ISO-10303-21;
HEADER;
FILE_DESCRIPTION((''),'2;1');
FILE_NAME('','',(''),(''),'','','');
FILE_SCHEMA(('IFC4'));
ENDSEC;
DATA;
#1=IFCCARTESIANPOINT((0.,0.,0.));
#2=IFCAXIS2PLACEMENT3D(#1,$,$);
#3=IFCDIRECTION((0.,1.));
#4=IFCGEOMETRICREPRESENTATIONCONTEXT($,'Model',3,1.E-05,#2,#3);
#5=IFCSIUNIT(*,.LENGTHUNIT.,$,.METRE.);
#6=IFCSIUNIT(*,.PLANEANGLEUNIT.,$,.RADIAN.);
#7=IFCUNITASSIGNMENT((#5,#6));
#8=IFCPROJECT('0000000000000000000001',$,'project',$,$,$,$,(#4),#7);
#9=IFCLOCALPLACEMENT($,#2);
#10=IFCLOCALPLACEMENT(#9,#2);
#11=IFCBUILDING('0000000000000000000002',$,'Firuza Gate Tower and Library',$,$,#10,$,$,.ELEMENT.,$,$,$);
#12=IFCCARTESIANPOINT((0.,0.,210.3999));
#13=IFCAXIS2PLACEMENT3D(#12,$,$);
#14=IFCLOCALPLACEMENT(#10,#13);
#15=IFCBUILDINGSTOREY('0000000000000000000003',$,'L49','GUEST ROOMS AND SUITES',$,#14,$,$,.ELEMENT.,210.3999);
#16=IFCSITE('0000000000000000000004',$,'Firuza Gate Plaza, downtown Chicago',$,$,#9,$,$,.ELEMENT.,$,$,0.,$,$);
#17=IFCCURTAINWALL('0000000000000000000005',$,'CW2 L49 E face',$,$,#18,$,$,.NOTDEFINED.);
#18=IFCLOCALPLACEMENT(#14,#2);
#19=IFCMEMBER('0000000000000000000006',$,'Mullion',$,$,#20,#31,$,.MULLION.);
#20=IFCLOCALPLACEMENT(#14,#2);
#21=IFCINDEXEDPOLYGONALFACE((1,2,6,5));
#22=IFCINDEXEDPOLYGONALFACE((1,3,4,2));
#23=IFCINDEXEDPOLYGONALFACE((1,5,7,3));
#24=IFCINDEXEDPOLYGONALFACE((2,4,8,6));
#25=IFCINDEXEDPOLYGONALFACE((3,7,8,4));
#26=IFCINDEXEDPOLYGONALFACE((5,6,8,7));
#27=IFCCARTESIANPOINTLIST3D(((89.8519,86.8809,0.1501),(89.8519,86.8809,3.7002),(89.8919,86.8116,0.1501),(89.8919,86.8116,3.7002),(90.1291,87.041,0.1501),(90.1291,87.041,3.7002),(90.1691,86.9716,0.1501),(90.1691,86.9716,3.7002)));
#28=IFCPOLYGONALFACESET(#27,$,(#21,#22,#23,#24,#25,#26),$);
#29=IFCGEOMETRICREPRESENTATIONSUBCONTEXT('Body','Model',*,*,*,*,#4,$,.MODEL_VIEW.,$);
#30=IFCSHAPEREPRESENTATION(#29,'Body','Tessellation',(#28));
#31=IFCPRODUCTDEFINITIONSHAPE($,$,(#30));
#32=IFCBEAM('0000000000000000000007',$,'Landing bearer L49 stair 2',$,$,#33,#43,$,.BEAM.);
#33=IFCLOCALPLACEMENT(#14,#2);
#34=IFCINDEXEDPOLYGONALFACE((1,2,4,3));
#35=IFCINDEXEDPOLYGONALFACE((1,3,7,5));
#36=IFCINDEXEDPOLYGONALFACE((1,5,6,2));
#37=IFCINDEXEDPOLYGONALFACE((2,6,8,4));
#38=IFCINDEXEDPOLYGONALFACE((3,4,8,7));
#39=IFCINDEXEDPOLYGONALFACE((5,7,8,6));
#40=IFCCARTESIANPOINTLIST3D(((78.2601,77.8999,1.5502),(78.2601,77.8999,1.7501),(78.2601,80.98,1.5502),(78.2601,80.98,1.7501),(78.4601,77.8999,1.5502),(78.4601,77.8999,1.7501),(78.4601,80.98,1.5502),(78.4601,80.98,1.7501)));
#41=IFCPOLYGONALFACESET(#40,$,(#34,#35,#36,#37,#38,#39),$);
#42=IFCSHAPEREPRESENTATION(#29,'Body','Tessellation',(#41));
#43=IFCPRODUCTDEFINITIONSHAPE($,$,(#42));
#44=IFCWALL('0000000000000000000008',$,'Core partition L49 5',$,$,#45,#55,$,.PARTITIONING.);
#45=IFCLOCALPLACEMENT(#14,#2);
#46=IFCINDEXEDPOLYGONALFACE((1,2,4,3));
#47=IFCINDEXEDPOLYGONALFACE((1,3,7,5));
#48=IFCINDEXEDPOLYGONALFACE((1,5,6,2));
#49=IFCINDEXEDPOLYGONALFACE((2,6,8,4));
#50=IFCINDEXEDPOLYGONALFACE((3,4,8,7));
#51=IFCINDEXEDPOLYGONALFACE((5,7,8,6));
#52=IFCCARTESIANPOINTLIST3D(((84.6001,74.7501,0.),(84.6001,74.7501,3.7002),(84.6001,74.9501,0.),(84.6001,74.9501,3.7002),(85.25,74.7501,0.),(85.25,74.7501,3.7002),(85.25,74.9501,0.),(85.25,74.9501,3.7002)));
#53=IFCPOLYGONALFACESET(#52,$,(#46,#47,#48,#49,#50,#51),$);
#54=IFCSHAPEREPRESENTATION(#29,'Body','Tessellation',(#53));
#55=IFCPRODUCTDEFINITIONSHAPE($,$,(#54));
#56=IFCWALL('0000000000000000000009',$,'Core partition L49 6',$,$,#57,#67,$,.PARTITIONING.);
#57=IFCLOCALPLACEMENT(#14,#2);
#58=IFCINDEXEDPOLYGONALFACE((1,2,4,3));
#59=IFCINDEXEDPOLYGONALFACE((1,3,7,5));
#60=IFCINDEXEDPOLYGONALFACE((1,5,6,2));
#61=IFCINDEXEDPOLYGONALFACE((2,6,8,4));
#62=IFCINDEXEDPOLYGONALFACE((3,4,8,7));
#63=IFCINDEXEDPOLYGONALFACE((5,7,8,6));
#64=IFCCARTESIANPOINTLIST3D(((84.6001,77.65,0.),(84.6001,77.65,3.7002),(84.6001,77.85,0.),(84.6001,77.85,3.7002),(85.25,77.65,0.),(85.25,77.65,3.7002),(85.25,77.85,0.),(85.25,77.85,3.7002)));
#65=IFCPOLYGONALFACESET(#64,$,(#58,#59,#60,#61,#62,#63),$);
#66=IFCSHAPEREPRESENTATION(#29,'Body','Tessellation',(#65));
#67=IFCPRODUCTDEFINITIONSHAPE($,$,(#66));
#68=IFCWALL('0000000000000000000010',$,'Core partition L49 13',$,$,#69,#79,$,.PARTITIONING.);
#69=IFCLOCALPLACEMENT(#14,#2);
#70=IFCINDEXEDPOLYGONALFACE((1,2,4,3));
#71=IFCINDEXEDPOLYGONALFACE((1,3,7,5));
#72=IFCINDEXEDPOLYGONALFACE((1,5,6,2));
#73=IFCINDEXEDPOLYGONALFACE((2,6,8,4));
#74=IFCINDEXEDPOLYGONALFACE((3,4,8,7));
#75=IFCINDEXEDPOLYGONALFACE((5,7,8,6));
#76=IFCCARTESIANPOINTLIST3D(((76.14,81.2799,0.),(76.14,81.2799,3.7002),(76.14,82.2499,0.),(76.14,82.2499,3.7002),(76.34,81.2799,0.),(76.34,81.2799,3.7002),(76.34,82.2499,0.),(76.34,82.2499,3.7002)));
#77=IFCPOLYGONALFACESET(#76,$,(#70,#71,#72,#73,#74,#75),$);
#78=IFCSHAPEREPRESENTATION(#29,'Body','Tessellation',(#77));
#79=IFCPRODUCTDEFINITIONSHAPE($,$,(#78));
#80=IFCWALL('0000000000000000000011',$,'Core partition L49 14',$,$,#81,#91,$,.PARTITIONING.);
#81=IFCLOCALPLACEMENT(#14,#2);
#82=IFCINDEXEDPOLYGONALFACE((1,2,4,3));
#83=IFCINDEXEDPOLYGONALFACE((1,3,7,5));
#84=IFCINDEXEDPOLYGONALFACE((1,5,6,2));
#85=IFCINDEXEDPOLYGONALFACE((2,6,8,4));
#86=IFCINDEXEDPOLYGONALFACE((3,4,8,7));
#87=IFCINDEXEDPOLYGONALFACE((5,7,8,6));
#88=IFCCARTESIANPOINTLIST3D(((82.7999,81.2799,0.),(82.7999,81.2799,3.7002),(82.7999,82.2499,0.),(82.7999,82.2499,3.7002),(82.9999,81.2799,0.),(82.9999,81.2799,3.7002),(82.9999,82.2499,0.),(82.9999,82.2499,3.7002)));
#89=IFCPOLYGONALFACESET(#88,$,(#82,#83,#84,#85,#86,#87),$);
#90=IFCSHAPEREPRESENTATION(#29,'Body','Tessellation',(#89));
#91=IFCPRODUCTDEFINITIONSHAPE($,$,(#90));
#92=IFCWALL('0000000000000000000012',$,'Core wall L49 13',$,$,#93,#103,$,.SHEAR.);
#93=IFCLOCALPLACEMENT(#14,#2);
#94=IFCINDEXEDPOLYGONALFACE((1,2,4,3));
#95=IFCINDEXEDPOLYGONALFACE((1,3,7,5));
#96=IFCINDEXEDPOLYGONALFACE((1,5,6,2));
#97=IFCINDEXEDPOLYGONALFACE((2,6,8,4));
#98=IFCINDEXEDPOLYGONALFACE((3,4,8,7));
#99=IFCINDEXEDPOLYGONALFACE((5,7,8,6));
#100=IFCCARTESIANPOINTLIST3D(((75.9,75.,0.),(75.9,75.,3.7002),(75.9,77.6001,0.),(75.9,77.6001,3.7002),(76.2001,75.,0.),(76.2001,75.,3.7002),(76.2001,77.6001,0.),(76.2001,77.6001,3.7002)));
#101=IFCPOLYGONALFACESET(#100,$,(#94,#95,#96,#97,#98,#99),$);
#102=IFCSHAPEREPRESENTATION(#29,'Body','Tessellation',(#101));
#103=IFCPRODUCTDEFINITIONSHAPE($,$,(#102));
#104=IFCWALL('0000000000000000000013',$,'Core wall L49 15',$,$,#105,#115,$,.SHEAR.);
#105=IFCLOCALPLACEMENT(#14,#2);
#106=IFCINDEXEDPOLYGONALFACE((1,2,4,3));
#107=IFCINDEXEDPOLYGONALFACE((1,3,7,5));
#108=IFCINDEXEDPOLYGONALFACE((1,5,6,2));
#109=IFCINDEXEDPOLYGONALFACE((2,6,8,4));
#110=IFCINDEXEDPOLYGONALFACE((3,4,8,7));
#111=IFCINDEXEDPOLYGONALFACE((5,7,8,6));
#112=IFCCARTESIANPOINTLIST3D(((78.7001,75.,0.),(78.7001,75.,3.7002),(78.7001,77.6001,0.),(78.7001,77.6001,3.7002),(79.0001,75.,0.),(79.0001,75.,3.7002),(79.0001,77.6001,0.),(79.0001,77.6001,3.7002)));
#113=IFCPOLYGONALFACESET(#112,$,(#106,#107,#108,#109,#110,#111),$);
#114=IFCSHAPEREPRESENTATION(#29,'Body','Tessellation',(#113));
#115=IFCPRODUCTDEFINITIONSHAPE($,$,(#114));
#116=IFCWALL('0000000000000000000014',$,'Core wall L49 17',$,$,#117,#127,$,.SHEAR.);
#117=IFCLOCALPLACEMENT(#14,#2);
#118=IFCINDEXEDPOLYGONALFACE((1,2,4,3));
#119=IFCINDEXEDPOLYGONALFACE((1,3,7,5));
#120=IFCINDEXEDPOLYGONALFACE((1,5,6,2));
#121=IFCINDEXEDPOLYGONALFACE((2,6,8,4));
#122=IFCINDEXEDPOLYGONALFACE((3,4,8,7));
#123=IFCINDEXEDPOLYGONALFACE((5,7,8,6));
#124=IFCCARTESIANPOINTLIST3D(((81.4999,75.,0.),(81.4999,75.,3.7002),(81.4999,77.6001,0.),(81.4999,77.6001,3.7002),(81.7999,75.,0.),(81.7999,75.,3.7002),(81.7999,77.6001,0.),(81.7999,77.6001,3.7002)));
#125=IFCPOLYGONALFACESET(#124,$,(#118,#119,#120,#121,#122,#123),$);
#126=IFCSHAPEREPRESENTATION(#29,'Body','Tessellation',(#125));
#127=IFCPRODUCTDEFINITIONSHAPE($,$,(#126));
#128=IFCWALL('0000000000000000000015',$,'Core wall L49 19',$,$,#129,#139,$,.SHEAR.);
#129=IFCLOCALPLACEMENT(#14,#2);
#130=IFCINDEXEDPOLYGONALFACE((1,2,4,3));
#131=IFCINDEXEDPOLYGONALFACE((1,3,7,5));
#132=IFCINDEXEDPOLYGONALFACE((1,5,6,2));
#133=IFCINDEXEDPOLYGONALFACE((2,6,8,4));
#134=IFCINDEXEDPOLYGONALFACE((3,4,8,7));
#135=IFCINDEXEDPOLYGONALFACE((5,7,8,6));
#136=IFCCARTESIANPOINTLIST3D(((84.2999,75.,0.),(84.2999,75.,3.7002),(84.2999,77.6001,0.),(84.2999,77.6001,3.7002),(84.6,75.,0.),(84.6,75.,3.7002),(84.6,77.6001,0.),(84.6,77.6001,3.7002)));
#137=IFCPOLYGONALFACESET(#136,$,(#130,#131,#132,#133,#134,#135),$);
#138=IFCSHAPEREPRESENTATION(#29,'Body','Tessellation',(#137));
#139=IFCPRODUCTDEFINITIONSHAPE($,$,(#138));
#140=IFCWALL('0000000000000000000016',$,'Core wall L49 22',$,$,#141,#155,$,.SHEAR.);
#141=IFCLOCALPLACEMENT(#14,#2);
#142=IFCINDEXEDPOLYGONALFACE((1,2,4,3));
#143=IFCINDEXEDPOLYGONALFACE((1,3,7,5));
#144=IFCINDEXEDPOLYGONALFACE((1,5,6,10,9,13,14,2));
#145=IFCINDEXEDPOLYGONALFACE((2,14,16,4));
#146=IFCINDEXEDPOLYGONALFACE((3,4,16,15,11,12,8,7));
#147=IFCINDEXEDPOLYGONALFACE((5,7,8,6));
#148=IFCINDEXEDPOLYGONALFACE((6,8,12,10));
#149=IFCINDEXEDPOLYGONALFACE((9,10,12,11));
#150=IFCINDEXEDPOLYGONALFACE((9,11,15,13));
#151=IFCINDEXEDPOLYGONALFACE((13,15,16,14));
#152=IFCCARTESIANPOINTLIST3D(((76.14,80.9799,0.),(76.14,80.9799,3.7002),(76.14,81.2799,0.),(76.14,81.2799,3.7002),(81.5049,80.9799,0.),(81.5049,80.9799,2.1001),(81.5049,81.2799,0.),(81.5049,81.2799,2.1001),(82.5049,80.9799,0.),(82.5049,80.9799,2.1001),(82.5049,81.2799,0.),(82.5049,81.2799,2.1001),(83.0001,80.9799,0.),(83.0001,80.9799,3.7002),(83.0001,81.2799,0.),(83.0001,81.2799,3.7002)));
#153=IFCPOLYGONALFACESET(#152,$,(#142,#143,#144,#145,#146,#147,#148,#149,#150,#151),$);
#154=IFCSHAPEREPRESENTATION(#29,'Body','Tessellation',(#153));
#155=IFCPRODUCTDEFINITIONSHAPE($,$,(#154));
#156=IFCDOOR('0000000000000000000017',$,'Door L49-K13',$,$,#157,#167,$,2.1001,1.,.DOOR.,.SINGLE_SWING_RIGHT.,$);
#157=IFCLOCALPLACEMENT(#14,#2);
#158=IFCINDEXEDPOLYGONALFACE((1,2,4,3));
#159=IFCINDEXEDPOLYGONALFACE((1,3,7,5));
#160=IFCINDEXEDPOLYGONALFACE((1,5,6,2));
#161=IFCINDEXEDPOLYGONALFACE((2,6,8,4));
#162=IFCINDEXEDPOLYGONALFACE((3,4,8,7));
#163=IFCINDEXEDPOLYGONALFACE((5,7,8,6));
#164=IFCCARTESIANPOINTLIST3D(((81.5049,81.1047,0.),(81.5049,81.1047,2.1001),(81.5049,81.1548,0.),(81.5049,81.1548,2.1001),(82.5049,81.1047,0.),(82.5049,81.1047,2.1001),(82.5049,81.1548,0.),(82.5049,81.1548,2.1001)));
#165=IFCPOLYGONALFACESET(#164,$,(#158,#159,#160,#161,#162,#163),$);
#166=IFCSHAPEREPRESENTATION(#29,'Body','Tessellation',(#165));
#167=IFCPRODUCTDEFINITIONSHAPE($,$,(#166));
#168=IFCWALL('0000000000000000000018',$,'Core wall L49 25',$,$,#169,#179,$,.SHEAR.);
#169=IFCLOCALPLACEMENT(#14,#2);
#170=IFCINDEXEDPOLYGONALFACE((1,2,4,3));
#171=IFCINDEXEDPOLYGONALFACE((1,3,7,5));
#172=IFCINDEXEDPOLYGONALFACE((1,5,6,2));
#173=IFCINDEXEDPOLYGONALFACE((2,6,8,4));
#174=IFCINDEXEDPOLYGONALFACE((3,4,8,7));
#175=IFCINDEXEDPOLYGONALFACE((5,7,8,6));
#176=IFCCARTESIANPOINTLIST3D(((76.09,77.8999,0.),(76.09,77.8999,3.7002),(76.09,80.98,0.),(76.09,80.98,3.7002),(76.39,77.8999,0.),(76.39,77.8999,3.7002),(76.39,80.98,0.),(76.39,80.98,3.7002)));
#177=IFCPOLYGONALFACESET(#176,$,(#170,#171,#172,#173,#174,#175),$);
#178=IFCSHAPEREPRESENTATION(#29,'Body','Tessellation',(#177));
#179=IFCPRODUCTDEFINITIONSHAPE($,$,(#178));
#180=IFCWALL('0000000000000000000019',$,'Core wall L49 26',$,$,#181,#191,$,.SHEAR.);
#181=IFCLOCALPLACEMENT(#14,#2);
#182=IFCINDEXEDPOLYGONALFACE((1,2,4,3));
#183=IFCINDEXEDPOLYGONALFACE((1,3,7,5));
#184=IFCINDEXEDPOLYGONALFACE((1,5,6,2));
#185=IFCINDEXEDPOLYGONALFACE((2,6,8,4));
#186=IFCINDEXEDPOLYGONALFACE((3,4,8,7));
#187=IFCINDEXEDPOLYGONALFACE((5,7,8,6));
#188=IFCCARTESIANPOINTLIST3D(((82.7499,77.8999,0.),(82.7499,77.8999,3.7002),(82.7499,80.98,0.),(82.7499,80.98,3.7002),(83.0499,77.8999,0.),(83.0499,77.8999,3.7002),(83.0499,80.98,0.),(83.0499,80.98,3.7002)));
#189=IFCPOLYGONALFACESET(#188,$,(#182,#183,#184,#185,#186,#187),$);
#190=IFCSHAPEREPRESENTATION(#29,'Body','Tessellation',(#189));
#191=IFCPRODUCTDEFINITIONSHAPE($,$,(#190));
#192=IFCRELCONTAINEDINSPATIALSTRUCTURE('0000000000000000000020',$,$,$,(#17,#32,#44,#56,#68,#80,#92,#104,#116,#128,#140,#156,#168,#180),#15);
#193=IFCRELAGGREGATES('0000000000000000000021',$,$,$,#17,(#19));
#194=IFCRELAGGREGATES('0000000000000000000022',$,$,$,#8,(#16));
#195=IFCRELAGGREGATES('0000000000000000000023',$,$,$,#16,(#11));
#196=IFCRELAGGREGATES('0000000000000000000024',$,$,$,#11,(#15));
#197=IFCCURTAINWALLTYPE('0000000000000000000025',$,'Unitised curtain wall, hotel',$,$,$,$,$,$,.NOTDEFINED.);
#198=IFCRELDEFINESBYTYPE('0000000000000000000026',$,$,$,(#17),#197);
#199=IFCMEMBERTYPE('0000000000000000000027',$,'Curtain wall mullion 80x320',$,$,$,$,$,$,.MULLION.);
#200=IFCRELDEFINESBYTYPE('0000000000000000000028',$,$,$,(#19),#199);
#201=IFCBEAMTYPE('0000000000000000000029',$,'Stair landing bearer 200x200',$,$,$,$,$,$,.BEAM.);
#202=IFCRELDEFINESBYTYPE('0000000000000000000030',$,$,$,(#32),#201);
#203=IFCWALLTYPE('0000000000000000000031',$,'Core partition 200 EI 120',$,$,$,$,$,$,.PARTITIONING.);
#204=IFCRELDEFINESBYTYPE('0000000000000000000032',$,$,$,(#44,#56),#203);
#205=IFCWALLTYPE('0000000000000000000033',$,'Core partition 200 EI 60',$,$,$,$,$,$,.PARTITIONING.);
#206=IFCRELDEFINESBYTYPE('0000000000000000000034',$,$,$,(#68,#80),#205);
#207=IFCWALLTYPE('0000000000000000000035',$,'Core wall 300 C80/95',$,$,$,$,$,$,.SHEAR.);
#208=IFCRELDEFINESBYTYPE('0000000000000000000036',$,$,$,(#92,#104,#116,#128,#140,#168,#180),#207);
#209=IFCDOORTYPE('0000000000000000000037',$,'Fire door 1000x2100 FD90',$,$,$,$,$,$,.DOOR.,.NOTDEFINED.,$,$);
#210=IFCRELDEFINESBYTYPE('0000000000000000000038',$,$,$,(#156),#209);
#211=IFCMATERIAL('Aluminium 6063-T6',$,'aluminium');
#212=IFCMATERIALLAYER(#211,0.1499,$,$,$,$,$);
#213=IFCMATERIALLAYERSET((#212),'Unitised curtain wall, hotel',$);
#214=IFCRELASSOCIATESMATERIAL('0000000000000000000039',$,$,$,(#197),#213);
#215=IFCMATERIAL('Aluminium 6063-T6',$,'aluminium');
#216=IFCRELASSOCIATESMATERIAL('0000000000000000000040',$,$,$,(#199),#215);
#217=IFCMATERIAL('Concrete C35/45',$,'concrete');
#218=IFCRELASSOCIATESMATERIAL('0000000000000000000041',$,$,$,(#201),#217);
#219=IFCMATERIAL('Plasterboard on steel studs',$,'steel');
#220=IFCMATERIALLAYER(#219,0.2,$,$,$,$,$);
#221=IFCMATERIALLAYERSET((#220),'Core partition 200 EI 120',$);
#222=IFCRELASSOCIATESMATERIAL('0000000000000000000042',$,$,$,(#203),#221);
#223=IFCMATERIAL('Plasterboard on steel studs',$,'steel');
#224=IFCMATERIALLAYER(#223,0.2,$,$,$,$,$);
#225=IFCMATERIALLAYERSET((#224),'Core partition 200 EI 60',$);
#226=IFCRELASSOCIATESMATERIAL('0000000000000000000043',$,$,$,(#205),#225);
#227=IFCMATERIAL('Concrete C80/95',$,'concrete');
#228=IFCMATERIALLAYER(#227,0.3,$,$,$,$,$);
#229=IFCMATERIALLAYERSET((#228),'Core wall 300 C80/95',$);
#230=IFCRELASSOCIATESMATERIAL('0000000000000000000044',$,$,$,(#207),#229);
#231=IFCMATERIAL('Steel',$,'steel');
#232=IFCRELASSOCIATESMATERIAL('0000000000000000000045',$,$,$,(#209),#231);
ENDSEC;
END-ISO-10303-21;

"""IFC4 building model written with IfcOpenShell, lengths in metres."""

from ifc_helpers import new_model, si_unit, direction, frame, frame_2d, origin, origin_2d, place, context, subcontext, project, spatial, rectangle, extrude, material, layer, layer_set, material_profile, profile_set, type_object, element, fill, aggregate, save


model = new_model("IFC4")

# Units and contexts
model_context = context("Model", 3, precision=1e-05, world=origin(), true_north=direction((0.0, 1.0)))
body_context = subcontext(model_context, "Body", "Model", "MODEL_VIEW")
ifc_project = project(units=[si_unit("LENGTHUNIT", "METRE"), si_unit("PLANEANGLEUNIT", "RADIAN")], contexts=[model_context])

# Site, building, storey
site_placement = place(None, origin())
site = spatial("IfcSite", under=ifc_project, at=site_placement, Name="Firuza Gate Plaza, downtown Chicago", CompositionType="ELEMENT", RefElevation=0.0)
building_placement = place(site_placement, origin())
building = spatial("IfcBuilding", under=site, at=building_placement, Name="Firuza Gate Tower and Library", CompositionType="ELEMENT")
storey_placement = place(building_placement, frame((0.0, 0.0, 210.3999)))
storey = spatial("IfcBuildingStorey", under=building, at=storey_placement, Name="L49", Description="GUEST ROOMS AND SUITES", CompositionType="ELEMENT", Elevation=210.3999)

# Curtain wall, member
ifc_material_1 = material(Name="Aluminium 6063-T6", Category="aluminium")
ifc_layer_1 = layer(ifc_material_1, 0.1499)
ifc_layer_set_1 = layer_set([ifc_layer_1], Name="Unitised curtain wall, hotel")
curtain_wall_type = type_object("IfcCurtainWallType", Name="Unitised curtain wall, hotel", PredefinedType="NOTDEFINED", material=ifc_layer_set_1)
placement = place(storey_placement, origin())
curtain_wall = element("IfcCurtainWall", 1, at=placement, inside=storey, type_object=curtain_wall_type, Name="CW2 L49 E face", PredefinedType="NOTDEFINED")
ifc_material_2 = material(Name="Aluminium 6063-T6", Category="aluminium")
ifc_material_profile_1 = material_profile(ifc_material_2, rectangle(XDim=0.3201, YDim=0.0801, at=origin_2d()))
ifc_profile_set_1 = profile_set([ifc_material_profile_1], Name="Aluminium 6063-T6")
member_type = type_object("IfcMemberType", Name="Curtain wall mullion 80x320", PredefinedType="MULLION", material=ifc_profile_set_1)
member_placement = place(storey_placement, frame((90.0105, 86.9263, 0.1501), z_axis=(0.0, 0.0, 1.0), x_axis=(-0.866025, -0.5, 0.0)))
member = element("IfcMember", 2, at=member_placement, type_object=member_type, Name="Mullion", PredefinedType="MULLION", context=body_context, shape_type="SweptSolid", body=[
    extrude(rectangle(XDim=0.3201, YDim=0.0801, at=origin_2d()), origin(), (0.0, 0.0, 1.0), 3.55),
])
aggregate(curtain_wall, [member])

# Beam
ifc_material_3 = material(Name="Concrete C35/45", Category="concrete")
ifc_material_profile_2 = material_profile(ifc_material_3, rectangle(XDim=0.2, YDim=0.2, at=origin_2d()))
ifc_profile_set_2 = profile_set([ifc_material_profile_2], Name="Concrete C35/45")
beam_type = type_object("IfcBeamType", Name="Stair landing bearer 200x200", PredefinedType="BEAM", material=ifc_profile_set_2)
beam_placement = place(storey_placement, frame((78.3601, 80.98, 1.6501), z_axis=(0.0, -1.0, 0.0), x_axis=(1.0, 0.0, 0.0)))
element("IfcBeam", 3, at=beam_placement, inside=storey, type_object=beam_type, Name="Landing bearer L49 stair 2", PredefinedType="BEAM", context=body_context, shape_type="SweptSolid", body=[
    extrude(rectangle(XDim=0.2, YDim=0.2, at=origin_2d()), origin(), (0.0, 0.0, 1.0), 3.0801),
])

# Walls
ifc_material_4 = material(Name="Plasterboard on steel studs", Category="steel")
ifc_layer_2 = layer(ifc_material_4, 0.2)
ifc_layer_set_2 = layer_set([ifc_layer_2], Name="Core partition 200 EI 120")
wall_type_1 = type_object("IfcWallType", Name="Core partition 200 EI 120", PredefinedType="PARTITIONING", material=ifc_layer_set_2)
for number, where, z_axis, x_axis, name in (
    (4, (84.6001, 74.8501, 0.0), (0.0, 0.0, 1.0), (1.0, 0.0, 0.0), "Core partition L49 5"),
    (5, (84.6001, 77.75, 0.0), (0.0, 0.0, 1.0), (1.0, 0.0, 0.0), "Core partition L49 6"),
):
    element("IfcWall", number, at=place(storey_placement, frame(where, z_axis=z_axis, x_axis=x_axis)), inside=storey, type_object=wall_type_1, Name=name, PredefinedType="PARTITIONING", context=body_context, shape_type="SweptSolid", body=[
        extrude(rectangle(XDim=0.6499, YDim=0.2, at=frame_2d((0.325, 0.0))), origin(), (0.0, 0.0, 1.0), 3.7002),
    ])
ifc_material_5 = material(Name="Plasterboard on steel studs", Category="steel")
ifc_layer_3 = layer(ifc_material_5, 0.2)
ifc_layer_set_3 = layer_set([ifc_layer_3], Name="Core partition 200 EI 60")
wall_type_2 = type_object("IfcWallType", Name="Core partition 200 EI 60", PredefinedType="PARTITIONING", material=ifc_layer_set_3)
for number, where, z_axis, x_axis, name in (
    (6, (76.24, 81.28, 0.0), (0.0, 0.0, 1.0), (0.0, 1.0, 0.0), "Core partition L49 13"),
    (7, (82.8999, 81.28, 0.0), (0.0, 0.0, 1.0), (0.0, 1.0, 0.0), "Core partition L49 14"),
):
    element("IfcWall", number, at=place(storey_placement, frame(where, z_axis=z_axis, x_axis=x_axis)), inside=storey, type_object=wall_type_2, Name=name, PredefinedType="PARTITIONING", context=body_context, shape_type="SweptSolid", body=[
        extrude(rectangle(XDim=0.97, YDim=0.2, at=frame_2d((0.4849, 0.0))), origin(), (0.0, 0.0, 1.0), 3.7002),
    ])
ifc_material_6 = material(Name="Concrete C80/95", Category="concrete")
ifc_layer_4 = layer(ifc_material_6, 0.3)
ifc_layer_set_4 = layer_set([ifc_layer_4], Name="Core wall 300 C80/95")
wall_type_3 = type_object("IfcWallType", Name="Core wall 300 C80/95", PredefinedType="SHEAR", material=ifc_layer_set_4)
for number, where, z_axis, x_axis, name in (
    (8, (76.05, 75.0, 0.0), (0.0, 0.0, 1.0), (0.0, 1.0, 0.0), "Core wall L49 13"),
    (9, (78.8501, 75.0, 0.0), (0.0, 0.0, 1.0), (0.0, 1.0, 0.0), "Core wall L49 15"),
    (10, (81.6499, 75.0, 0.0), (0.0, 0.0, 1.0), (0.0, 1.0, 0.0), "Core wall L49 17"),
    (11, (84.45, 75.0, 0.0), (0.0, 0.0, 1.0), (0.0, 1.0, 0.0), "Core wall L49 19"),
):
    element("IfcWall", number, at=place(storey_placement, frame(where, z_axis=z_axis, x_axis=x_axis)), inside=storey, type_object=wall_type_3, Name=name, PredefinedType="SHEAR", context=body_context, shape_type="SweptSolid", body=[
        extrude(rectangle(XDim=2.6001, YDim=0.3, at=frame_2d((1.3, 0.0))), origin(), (0.0, 0.0, 1.0), 3.7002),
    ])

# Wall, opening, door
wall_1_placement = place(storey_placement, frame((76.1399, 81.1299, 0.0), z_axis=(0.0, 0.0, 1.0), x_axis=(1.0, 0.0, 0.0)))
wall_1 = element("IfcWall", 12, at=wall_1_placement, inside=storey, type_object=wall_type_3, Name="Core wall L49 22", PredefinedType="SHEAR", context=body_context, shape_type="SweptSolid", body=[
    extrude(rectangle(XDim=6.8601, YDim=0.3, at=frame_2d((3.4302, 0.0))), origin(), (0.0, 0.0, 1.0), 3.7002),
])
opening_1_placement = place(wall_1_placement, frame((5.365, 0.0, 0.0)))
opening_1 = element("IfcOpeningElement", 13, at=opening_1_placement, cuts=wall_1, PredefinedType="OPENING", context=body_context, shape_type="SweptSolid", body=[
    extrude(rectangle(XDim=1.0, YDim=2.1001, at=frame_2d((0.5, 1.05))), frame((0.0, 0.1602, 0.0), z_axis=(0.0, -1.0, 0.0), x_axis=(1.0, 0.0, 0.0)), (0.0, 0.0, 1.0), 0.3201),
])
ifc_material_7 = material(Name="Steel", Category="steel")
door_type_1 = type_object("IfcDoorType", Name="Fire door 1000x2100 FD90", OperationType="NOTDEFINED", PredefinedType="DOOR", material=ifc_material_7)
door_1_placement = place(opening_1_placement, origin())
door_1 = element("IfcDoor", 14, at=door_1_placement, inside=storey, type_object=door_type_1, Name="Door L49-K13", OperationType="SINGLE_SWING_RIGHT", OverallHeight=2.1001, OverallWidth=1.0, PredefinedType="DOOR", context=body_context, shape_type="SweptSolid", body=[
    extrude(rectangle(XDim=1.0, YDim=2.1001, at=frame_2d((0.5, 1.05))), frame((0.0, 0.0249, 0.0), z_axis=(0.0, -1.0, 0.0), x_axis=(1.0, 0.0, 0.0)), (0.0, 0.0, 1.0), 0.05),
])
fill(opening_1, door_1)

# Walls
for number, where, z_axis, x_axis, name in (
    (15, (76.24, 77.8999, 0.0), (0.0, 0.0, 1.0), (0.0, 1.0, 0.0), "Core wall L49 25"),
    (16, (82.8999, 77.8999, 0.0), (0.0, 0.0, 1.0), (0.0, 1.0, 0.0), "Core wall L49 26"),
):
    element("IfcWall", number, at=place(storey_placement, frame(where, z_axis=z_axis, x_axis=x_axis)), inside=storey, type_object=wall_type_3, Name=name, PredefinedType="SHEAR", context=body_context, shape_type="SweptSolid", body=[
        extrude(rectangle(XDim=3.0801, YDim=0.3, at=frame_2d((1.54, 0.0))), origin(), (0.0, 0.0, 1.0), 3.7002),
    ])

save(model, "model.ifc")
